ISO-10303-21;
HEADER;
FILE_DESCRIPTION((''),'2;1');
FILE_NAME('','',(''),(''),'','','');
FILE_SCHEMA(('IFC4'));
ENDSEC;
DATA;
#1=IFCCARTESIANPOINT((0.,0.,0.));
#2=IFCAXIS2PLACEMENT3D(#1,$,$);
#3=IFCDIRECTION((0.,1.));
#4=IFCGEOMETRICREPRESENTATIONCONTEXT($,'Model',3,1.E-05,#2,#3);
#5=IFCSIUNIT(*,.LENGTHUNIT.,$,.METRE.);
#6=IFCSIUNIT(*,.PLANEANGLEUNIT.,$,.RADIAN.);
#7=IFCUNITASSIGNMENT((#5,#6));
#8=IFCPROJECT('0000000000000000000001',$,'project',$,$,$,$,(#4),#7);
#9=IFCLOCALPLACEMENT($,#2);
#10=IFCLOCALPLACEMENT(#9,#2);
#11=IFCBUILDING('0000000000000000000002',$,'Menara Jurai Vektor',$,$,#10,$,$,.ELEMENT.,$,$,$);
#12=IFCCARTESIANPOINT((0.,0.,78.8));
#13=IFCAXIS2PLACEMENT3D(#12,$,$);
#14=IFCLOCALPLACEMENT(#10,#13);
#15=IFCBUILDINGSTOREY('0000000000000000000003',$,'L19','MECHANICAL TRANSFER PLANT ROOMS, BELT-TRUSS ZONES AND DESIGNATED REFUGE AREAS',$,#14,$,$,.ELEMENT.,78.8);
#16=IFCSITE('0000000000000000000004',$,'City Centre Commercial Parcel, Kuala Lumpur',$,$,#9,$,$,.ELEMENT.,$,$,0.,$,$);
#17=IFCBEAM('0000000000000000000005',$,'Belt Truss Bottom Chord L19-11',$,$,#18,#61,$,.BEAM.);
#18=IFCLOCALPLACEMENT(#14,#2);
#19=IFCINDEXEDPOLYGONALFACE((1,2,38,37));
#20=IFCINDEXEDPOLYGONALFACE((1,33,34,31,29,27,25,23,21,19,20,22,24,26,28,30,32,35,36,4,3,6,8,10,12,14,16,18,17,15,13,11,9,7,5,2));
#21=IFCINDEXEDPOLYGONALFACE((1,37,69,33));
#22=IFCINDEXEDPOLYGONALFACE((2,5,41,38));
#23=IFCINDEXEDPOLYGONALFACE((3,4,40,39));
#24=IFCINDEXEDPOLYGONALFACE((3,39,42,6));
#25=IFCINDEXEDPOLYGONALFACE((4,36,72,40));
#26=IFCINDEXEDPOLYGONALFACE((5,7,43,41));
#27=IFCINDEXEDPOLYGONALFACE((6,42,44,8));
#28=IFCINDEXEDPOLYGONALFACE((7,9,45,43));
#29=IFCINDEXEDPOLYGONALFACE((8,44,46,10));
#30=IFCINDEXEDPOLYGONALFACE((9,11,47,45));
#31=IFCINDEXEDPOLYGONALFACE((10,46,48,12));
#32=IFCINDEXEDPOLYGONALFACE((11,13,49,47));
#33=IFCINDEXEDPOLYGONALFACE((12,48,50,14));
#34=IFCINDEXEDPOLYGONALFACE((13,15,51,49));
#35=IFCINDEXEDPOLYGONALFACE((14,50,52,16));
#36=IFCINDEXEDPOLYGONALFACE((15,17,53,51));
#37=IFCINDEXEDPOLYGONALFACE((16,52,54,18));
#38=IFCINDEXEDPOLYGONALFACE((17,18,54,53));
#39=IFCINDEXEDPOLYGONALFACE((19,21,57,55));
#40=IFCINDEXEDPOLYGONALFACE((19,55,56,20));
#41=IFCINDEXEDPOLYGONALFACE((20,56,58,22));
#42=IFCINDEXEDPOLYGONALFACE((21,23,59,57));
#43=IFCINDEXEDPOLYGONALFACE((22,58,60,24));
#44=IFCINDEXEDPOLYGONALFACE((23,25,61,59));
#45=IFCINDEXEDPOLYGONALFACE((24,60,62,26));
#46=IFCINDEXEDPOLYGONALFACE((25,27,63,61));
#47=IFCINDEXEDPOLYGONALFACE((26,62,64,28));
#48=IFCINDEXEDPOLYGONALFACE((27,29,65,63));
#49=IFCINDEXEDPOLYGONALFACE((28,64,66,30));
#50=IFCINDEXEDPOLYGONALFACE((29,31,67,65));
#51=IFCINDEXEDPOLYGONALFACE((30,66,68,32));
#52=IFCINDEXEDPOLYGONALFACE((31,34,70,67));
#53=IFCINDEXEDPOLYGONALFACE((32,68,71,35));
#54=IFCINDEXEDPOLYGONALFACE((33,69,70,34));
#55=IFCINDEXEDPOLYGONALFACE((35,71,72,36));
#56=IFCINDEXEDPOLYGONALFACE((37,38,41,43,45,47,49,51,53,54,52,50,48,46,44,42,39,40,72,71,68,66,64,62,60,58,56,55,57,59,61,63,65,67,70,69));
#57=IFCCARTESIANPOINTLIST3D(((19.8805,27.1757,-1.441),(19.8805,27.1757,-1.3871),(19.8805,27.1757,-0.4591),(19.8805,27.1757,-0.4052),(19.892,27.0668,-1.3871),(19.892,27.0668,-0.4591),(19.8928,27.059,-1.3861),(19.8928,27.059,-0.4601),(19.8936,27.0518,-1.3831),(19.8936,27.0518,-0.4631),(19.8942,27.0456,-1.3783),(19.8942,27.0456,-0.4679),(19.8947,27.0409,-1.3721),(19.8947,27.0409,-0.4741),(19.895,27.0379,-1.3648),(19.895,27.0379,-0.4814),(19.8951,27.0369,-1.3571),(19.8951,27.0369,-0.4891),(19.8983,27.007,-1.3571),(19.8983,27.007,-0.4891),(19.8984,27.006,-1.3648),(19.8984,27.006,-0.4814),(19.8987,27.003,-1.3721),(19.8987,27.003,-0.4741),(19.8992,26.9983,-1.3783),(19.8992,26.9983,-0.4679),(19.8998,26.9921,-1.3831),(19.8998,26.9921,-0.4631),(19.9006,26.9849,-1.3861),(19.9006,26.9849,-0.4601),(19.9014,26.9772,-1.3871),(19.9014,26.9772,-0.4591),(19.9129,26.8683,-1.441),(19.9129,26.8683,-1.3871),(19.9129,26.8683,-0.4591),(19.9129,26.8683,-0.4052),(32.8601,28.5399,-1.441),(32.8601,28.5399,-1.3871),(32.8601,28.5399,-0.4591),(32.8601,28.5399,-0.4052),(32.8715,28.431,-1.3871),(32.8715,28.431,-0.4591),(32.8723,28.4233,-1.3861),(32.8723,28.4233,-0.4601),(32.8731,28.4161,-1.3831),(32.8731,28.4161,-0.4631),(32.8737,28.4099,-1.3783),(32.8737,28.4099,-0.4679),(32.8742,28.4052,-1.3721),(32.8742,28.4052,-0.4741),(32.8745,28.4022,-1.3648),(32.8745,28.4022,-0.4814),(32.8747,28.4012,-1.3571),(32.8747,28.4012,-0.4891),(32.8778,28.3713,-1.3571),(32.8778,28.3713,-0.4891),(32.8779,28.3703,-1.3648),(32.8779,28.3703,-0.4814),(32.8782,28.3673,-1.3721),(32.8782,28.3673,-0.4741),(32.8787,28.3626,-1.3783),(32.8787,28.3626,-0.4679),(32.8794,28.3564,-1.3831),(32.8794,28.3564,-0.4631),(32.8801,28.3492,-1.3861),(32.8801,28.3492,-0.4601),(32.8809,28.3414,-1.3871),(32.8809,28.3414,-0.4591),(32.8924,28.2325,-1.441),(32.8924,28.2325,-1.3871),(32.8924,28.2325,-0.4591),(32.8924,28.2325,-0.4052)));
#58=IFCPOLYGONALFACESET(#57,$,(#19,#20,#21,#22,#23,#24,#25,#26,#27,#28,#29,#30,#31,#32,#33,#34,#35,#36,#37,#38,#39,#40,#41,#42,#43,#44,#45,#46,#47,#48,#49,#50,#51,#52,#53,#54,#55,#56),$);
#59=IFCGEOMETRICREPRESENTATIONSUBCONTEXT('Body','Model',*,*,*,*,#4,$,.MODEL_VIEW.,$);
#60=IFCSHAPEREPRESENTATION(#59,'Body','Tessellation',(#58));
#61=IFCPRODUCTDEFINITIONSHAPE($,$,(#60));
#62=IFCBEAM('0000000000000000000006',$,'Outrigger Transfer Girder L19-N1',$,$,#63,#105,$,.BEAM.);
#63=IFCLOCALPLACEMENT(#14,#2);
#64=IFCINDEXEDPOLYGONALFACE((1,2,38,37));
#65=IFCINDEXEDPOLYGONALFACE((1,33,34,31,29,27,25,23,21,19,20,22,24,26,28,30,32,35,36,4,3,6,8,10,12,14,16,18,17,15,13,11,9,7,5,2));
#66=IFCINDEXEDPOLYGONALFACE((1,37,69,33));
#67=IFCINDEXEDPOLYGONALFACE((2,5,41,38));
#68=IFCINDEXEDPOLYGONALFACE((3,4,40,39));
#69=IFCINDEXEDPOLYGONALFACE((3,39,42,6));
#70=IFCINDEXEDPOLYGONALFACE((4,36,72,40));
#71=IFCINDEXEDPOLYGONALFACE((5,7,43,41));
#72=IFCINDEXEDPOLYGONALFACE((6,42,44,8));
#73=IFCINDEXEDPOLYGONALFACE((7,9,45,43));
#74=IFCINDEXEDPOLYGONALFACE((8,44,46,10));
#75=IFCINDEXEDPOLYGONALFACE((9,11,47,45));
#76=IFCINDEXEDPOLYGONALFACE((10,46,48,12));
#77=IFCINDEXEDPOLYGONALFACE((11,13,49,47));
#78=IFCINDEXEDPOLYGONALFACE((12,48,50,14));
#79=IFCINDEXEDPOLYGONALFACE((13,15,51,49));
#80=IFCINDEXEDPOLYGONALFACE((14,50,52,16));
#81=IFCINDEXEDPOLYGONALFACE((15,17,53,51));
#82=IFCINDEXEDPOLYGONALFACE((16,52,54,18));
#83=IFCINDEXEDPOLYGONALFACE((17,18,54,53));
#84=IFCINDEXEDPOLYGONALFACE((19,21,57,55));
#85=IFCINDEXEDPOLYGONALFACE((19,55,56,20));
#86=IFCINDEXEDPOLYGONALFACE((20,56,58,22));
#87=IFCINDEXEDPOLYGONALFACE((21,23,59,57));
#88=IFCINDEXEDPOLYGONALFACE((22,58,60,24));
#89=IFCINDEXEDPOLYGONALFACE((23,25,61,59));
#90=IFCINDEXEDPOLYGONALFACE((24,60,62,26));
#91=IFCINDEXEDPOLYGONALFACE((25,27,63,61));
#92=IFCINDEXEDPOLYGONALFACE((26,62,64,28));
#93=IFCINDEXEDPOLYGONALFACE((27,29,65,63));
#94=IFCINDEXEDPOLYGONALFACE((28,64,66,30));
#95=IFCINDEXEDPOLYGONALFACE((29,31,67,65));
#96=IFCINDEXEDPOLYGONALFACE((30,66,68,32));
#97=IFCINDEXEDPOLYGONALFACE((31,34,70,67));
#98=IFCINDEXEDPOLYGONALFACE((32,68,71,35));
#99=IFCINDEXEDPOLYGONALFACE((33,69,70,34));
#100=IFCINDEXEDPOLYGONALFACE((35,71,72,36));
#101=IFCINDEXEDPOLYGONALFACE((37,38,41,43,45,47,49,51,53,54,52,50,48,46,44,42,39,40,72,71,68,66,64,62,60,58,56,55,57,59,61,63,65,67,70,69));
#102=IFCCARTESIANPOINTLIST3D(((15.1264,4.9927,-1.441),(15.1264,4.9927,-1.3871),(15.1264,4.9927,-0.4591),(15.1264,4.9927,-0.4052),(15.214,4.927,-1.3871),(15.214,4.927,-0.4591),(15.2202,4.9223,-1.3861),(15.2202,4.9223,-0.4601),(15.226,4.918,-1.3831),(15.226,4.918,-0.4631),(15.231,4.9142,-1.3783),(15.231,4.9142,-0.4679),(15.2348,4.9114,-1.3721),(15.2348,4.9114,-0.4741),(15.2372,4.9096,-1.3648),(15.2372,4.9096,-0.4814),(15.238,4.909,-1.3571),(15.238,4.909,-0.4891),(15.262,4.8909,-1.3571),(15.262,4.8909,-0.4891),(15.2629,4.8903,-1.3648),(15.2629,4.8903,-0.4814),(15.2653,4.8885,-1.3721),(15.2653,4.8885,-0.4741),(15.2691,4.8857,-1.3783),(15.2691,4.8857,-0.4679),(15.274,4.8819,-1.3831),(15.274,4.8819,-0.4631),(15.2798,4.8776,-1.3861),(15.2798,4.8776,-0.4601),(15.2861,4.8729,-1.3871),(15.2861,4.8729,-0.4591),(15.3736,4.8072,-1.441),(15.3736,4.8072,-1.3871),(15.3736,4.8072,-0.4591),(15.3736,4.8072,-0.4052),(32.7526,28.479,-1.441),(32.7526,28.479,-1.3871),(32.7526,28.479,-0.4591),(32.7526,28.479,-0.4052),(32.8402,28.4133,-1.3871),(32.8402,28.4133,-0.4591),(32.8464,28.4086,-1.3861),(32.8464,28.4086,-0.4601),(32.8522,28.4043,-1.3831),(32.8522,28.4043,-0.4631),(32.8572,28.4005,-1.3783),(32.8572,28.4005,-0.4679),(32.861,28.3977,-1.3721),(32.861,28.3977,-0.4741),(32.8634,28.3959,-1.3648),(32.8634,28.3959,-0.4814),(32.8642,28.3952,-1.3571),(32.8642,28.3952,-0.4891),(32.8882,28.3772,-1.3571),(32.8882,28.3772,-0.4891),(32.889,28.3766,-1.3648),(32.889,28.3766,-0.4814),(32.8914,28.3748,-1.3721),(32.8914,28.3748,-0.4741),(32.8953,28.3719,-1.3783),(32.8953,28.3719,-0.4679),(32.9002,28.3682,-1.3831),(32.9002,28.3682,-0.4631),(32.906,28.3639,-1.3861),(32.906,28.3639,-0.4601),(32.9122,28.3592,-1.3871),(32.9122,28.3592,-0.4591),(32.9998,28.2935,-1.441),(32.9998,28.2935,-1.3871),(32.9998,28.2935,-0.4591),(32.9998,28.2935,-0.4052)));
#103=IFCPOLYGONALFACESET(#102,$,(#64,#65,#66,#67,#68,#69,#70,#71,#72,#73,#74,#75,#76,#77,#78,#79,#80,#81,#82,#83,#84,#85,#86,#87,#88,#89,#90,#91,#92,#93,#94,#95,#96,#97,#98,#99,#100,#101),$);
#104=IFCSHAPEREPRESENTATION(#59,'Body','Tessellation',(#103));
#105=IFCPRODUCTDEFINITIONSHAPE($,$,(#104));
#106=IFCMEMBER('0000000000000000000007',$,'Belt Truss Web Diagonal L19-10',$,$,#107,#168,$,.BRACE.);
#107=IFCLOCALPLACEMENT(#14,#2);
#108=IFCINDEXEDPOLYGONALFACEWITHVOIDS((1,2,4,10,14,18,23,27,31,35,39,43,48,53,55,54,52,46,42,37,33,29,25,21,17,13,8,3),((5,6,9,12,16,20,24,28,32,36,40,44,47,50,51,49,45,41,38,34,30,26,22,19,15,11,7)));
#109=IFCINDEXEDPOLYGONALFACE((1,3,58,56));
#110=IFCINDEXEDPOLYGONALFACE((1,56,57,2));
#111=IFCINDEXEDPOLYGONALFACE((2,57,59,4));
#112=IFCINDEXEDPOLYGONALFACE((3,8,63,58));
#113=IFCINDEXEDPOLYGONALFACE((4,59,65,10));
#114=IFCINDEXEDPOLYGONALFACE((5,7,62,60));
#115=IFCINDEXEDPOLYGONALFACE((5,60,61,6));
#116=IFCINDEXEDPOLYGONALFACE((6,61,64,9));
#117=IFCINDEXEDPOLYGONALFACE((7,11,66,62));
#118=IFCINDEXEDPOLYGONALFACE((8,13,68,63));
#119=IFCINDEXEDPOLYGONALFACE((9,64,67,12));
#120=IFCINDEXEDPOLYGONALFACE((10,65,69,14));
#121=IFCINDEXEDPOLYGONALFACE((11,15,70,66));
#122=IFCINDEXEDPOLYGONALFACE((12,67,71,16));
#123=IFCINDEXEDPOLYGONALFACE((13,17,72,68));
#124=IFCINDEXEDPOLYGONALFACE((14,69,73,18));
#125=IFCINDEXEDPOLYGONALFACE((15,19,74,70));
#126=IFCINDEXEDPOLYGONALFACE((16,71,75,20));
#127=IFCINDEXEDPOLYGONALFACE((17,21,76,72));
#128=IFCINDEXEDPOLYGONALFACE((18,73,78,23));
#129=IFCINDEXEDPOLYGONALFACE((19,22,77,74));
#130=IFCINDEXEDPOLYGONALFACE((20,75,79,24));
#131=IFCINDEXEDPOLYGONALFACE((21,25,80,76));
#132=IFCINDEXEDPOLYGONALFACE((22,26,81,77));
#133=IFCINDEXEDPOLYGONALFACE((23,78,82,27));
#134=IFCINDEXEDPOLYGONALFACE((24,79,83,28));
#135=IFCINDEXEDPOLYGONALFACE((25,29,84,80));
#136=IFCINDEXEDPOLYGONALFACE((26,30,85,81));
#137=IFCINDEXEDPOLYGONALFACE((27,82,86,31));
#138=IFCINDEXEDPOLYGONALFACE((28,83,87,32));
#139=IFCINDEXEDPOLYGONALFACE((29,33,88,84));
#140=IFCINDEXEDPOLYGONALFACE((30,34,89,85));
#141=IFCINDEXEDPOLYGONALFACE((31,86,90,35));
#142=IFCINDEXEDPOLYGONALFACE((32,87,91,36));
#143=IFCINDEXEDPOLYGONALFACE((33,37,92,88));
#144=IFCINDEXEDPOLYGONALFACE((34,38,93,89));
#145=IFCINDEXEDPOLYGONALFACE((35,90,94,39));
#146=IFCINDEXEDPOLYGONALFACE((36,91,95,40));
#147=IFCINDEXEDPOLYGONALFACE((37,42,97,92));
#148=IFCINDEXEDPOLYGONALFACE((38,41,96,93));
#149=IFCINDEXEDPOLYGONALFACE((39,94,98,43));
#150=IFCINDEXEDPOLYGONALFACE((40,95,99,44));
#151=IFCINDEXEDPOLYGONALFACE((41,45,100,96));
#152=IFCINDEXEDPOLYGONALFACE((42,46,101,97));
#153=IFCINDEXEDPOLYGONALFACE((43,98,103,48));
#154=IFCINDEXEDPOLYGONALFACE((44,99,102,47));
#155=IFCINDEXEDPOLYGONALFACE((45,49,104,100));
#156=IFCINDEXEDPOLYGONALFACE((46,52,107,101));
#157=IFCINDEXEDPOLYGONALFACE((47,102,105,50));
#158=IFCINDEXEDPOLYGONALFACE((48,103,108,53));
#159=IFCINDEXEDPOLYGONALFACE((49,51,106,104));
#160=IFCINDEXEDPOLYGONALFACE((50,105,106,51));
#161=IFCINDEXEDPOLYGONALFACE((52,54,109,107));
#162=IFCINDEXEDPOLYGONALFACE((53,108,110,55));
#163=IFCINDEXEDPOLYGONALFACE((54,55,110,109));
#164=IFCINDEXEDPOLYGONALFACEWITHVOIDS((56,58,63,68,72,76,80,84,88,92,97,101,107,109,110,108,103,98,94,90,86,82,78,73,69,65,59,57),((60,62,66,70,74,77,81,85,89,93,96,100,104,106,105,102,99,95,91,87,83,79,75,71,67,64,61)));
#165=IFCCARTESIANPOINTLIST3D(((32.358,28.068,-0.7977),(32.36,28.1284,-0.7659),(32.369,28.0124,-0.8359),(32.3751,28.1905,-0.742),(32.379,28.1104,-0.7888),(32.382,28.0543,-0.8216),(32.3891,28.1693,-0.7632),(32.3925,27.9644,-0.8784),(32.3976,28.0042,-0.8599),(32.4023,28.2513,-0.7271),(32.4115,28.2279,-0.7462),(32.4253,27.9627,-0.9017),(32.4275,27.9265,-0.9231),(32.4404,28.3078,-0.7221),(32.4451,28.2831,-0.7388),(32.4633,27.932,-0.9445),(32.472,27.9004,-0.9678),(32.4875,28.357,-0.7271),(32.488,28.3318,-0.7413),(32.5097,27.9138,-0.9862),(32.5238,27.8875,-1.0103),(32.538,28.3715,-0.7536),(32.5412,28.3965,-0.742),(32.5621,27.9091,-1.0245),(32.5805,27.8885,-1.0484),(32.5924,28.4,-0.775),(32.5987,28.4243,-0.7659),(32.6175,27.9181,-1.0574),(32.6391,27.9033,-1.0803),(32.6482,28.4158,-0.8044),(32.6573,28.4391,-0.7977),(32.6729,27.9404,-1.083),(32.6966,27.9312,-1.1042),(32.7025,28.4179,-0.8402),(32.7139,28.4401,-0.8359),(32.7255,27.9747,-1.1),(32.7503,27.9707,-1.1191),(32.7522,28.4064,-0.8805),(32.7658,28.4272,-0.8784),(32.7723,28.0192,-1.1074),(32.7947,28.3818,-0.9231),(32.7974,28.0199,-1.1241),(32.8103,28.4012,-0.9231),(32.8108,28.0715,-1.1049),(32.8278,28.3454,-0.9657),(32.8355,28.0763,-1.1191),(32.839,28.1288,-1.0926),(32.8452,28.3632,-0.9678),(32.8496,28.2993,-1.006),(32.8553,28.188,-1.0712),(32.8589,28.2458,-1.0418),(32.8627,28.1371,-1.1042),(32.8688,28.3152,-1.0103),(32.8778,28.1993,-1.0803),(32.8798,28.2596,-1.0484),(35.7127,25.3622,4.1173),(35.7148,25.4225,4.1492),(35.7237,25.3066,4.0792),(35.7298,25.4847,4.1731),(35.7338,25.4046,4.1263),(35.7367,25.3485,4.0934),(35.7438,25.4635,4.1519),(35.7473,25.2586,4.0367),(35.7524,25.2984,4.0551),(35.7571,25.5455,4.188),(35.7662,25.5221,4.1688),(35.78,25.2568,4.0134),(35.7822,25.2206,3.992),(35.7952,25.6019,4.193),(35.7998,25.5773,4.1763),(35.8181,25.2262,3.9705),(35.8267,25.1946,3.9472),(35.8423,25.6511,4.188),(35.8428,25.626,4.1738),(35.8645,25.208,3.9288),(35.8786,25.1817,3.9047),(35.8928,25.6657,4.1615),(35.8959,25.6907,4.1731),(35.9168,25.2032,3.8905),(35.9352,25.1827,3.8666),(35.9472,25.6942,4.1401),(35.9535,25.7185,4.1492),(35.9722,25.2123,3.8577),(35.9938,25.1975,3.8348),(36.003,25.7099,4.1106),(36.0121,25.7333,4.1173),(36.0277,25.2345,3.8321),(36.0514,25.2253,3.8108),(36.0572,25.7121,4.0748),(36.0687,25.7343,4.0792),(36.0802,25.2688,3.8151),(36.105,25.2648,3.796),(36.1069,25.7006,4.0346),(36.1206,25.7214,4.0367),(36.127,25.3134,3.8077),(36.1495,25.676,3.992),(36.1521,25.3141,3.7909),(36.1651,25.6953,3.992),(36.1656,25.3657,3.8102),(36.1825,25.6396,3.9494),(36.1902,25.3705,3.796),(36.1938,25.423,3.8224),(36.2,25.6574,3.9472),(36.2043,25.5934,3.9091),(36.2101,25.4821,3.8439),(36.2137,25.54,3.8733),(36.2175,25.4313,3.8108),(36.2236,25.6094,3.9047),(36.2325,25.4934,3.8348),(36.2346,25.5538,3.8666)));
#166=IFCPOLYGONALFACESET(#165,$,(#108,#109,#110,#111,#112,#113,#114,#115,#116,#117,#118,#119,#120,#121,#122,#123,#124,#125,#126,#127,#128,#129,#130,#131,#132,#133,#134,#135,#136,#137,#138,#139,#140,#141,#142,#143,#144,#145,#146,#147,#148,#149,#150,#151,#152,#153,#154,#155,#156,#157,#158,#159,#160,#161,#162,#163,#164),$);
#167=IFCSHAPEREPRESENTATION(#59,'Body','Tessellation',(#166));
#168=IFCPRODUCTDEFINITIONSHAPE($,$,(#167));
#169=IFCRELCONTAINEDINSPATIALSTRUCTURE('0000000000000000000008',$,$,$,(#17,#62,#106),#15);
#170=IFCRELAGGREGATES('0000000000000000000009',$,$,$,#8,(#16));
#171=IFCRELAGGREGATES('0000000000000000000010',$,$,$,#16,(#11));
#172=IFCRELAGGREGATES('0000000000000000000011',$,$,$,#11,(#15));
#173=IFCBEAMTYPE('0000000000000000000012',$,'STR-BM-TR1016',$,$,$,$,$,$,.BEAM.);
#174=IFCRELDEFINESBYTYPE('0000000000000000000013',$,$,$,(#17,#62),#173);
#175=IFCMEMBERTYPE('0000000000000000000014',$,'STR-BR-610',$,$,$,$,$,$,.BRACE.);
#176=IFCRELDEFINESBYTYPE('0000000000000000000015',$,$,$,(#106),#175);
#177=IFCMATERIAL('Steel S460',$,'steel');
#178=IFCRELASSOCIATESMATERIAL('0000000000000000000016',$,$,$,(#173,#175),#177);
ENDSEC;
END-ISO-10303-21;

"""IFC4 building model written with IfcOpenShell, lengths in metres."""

from ifc_helpers import new_model, si_unit, direction, frame, origin, origin_2d, place, context, subcontext, project, spatial, hollow_circle, i_section, extrude, material, material_profile, profile_set, type_object, element, save


model = new_model("IFC4")

# Units and contexts
model_context = context("Model", 3, precision=1e-05, world=origin(), true_north=direction((0.0, 1.0)))
body_context = subcontext(model_context, "Body", "Model", "MODEL_VIEW")
ifc_project = project(units=[si_unit("LENGTHUNIT", "METRE"), si_unit("PLANEANGLEUNIT", "RADIAN")], contexts=[model_context])

# Site, building, storey
site_placement = place(None, origin())
site = spatial("IfcSite", under=ifc_project, at=site_placement, Name="City Centre Commercial Parcel, Kuala Lumpur", CompositionType="ELEMENT", RefElevation=0.0)
building_placement = place(site_placement, origin())
building = spatial("IfcBuilding", under=site, at=building_placement, Name="Menara Jurai Vektor", CompositionType="ELEMENT")
storey_placement = place(building_placement, frame((0.0, 0.0, 78.8)))
storey = spatial("IfcBuildingStorey", under=building, at=storey_placement, Name="L19", Description="MECHANICAL TRANSFER PLANT ROOMS, BELT-TRUSS ZONES AND DESIGNATED REFUGE AREAS", CompositionType="ELEMENT", Elevation=78.8)

# Shared definitions
ifc_material_1 = material(Name="Steel S460", Category="steel")

# Beams
ifc_material_profile_1 = material_profile(ifc_material_1, i_section(OverallWidth=0.3091, OverallDepth=1.0359, WebThickness=0.03, FlangeThickness=0.054, FilletRadius=0.03, at=origin_2d()), Name="UKB 1016x305x487")
ifc_profile_set_1 = profile_set([ifc_material_profile_1], Name="Steel S460")
beam_type_1 = type_object("IfcBeamType", Name="STR-BM-TR1016", PredefinedType="BEAM", material=ifc_profile_set_1)
beam_1_placement = place(storey_placement, frame((32.8762, 28.3862, -0.9231), z_axis=(-0.994521, -0.104533, 0.0), x_axis=(0.104533, -0.994521, 0.0)))
element("IfcBeam", 1, at=beam_1_placement, inside=storey, type_object=beam_type_1, Name="Belt Truss Bottom Chord L19-11", PredefinedType="BEAM", context=body_context, shape_type="SweptSolid", body=[
    extrude(i_section(OverallWidth=0.3091, OverallDepth=1.0359, WebThickness=0.03, FlangeThickness=0.054, FilletRadius=0.03, at=origin_2d()), origin(), (0.0, 0.0, 1.0), 13.051),
])
beam_2_placement = place(storey_placement, frame((32.8762, 28.3862, -0.9231), z_axis=(-0.60025, -0.799812, 0.0), x_axis=(0.799812, -0.60025, 0.0)))
element("IfcBeam", 2, at=beam_2_placement, inside=storey, type_object=beam_type_1, Name="Outrigger Transfer Girder L19-N1", PredefinedType="BEAM", context=body_context, shape_type="SweptSolid", body=[
    extrude(i_section(OverallWidth=0.3091, OverallDepth=1.0359, WebThickness=0.03, FlangeThickness=0.054, FilletRadius=0.03, at=origin_2d()), origin(), (0.0, 0.0, 1.0), 29.3647),
])

# Member
ifc_material_profile_2 = material_profile(ifc_material_1, hollow_circle(Radius=0.3049, WallThickness=0.0249, at=origin_2d()), Name="CHS 610x25")
ifc_profile_set_2 = profile_set([ifc_material_profile_2], Name="Steel S460")
member_type_1 = type_object("IfcMemberType", Name="STR-BR-610", PredefinedType="BRACE", material=ifc_profile_set_2)
member_1_placement = place(storey_placement, frame((32.6189, 28.1638, -0.9231), z_axis=(0.513187, -0.413918, 0.751872), x_axis=(0.627806, 0.77837, 0.0)))
element("IfcMember", 3, at=member_1_placement, inside=storey, type_object=member_type_1, Name="Belt Truss Web Diagonal L19-10", PredefinedType="BRACE", context=body_context, shape_type="SweptSolid", body=[
    extrude(hollow_circle(Radius=0.3049, WallThickness=0.0249, at=origin_2d()), origin(), (0.0, 0.0, 1.0), 6.5371),
])

save(model, "model.ifc")
